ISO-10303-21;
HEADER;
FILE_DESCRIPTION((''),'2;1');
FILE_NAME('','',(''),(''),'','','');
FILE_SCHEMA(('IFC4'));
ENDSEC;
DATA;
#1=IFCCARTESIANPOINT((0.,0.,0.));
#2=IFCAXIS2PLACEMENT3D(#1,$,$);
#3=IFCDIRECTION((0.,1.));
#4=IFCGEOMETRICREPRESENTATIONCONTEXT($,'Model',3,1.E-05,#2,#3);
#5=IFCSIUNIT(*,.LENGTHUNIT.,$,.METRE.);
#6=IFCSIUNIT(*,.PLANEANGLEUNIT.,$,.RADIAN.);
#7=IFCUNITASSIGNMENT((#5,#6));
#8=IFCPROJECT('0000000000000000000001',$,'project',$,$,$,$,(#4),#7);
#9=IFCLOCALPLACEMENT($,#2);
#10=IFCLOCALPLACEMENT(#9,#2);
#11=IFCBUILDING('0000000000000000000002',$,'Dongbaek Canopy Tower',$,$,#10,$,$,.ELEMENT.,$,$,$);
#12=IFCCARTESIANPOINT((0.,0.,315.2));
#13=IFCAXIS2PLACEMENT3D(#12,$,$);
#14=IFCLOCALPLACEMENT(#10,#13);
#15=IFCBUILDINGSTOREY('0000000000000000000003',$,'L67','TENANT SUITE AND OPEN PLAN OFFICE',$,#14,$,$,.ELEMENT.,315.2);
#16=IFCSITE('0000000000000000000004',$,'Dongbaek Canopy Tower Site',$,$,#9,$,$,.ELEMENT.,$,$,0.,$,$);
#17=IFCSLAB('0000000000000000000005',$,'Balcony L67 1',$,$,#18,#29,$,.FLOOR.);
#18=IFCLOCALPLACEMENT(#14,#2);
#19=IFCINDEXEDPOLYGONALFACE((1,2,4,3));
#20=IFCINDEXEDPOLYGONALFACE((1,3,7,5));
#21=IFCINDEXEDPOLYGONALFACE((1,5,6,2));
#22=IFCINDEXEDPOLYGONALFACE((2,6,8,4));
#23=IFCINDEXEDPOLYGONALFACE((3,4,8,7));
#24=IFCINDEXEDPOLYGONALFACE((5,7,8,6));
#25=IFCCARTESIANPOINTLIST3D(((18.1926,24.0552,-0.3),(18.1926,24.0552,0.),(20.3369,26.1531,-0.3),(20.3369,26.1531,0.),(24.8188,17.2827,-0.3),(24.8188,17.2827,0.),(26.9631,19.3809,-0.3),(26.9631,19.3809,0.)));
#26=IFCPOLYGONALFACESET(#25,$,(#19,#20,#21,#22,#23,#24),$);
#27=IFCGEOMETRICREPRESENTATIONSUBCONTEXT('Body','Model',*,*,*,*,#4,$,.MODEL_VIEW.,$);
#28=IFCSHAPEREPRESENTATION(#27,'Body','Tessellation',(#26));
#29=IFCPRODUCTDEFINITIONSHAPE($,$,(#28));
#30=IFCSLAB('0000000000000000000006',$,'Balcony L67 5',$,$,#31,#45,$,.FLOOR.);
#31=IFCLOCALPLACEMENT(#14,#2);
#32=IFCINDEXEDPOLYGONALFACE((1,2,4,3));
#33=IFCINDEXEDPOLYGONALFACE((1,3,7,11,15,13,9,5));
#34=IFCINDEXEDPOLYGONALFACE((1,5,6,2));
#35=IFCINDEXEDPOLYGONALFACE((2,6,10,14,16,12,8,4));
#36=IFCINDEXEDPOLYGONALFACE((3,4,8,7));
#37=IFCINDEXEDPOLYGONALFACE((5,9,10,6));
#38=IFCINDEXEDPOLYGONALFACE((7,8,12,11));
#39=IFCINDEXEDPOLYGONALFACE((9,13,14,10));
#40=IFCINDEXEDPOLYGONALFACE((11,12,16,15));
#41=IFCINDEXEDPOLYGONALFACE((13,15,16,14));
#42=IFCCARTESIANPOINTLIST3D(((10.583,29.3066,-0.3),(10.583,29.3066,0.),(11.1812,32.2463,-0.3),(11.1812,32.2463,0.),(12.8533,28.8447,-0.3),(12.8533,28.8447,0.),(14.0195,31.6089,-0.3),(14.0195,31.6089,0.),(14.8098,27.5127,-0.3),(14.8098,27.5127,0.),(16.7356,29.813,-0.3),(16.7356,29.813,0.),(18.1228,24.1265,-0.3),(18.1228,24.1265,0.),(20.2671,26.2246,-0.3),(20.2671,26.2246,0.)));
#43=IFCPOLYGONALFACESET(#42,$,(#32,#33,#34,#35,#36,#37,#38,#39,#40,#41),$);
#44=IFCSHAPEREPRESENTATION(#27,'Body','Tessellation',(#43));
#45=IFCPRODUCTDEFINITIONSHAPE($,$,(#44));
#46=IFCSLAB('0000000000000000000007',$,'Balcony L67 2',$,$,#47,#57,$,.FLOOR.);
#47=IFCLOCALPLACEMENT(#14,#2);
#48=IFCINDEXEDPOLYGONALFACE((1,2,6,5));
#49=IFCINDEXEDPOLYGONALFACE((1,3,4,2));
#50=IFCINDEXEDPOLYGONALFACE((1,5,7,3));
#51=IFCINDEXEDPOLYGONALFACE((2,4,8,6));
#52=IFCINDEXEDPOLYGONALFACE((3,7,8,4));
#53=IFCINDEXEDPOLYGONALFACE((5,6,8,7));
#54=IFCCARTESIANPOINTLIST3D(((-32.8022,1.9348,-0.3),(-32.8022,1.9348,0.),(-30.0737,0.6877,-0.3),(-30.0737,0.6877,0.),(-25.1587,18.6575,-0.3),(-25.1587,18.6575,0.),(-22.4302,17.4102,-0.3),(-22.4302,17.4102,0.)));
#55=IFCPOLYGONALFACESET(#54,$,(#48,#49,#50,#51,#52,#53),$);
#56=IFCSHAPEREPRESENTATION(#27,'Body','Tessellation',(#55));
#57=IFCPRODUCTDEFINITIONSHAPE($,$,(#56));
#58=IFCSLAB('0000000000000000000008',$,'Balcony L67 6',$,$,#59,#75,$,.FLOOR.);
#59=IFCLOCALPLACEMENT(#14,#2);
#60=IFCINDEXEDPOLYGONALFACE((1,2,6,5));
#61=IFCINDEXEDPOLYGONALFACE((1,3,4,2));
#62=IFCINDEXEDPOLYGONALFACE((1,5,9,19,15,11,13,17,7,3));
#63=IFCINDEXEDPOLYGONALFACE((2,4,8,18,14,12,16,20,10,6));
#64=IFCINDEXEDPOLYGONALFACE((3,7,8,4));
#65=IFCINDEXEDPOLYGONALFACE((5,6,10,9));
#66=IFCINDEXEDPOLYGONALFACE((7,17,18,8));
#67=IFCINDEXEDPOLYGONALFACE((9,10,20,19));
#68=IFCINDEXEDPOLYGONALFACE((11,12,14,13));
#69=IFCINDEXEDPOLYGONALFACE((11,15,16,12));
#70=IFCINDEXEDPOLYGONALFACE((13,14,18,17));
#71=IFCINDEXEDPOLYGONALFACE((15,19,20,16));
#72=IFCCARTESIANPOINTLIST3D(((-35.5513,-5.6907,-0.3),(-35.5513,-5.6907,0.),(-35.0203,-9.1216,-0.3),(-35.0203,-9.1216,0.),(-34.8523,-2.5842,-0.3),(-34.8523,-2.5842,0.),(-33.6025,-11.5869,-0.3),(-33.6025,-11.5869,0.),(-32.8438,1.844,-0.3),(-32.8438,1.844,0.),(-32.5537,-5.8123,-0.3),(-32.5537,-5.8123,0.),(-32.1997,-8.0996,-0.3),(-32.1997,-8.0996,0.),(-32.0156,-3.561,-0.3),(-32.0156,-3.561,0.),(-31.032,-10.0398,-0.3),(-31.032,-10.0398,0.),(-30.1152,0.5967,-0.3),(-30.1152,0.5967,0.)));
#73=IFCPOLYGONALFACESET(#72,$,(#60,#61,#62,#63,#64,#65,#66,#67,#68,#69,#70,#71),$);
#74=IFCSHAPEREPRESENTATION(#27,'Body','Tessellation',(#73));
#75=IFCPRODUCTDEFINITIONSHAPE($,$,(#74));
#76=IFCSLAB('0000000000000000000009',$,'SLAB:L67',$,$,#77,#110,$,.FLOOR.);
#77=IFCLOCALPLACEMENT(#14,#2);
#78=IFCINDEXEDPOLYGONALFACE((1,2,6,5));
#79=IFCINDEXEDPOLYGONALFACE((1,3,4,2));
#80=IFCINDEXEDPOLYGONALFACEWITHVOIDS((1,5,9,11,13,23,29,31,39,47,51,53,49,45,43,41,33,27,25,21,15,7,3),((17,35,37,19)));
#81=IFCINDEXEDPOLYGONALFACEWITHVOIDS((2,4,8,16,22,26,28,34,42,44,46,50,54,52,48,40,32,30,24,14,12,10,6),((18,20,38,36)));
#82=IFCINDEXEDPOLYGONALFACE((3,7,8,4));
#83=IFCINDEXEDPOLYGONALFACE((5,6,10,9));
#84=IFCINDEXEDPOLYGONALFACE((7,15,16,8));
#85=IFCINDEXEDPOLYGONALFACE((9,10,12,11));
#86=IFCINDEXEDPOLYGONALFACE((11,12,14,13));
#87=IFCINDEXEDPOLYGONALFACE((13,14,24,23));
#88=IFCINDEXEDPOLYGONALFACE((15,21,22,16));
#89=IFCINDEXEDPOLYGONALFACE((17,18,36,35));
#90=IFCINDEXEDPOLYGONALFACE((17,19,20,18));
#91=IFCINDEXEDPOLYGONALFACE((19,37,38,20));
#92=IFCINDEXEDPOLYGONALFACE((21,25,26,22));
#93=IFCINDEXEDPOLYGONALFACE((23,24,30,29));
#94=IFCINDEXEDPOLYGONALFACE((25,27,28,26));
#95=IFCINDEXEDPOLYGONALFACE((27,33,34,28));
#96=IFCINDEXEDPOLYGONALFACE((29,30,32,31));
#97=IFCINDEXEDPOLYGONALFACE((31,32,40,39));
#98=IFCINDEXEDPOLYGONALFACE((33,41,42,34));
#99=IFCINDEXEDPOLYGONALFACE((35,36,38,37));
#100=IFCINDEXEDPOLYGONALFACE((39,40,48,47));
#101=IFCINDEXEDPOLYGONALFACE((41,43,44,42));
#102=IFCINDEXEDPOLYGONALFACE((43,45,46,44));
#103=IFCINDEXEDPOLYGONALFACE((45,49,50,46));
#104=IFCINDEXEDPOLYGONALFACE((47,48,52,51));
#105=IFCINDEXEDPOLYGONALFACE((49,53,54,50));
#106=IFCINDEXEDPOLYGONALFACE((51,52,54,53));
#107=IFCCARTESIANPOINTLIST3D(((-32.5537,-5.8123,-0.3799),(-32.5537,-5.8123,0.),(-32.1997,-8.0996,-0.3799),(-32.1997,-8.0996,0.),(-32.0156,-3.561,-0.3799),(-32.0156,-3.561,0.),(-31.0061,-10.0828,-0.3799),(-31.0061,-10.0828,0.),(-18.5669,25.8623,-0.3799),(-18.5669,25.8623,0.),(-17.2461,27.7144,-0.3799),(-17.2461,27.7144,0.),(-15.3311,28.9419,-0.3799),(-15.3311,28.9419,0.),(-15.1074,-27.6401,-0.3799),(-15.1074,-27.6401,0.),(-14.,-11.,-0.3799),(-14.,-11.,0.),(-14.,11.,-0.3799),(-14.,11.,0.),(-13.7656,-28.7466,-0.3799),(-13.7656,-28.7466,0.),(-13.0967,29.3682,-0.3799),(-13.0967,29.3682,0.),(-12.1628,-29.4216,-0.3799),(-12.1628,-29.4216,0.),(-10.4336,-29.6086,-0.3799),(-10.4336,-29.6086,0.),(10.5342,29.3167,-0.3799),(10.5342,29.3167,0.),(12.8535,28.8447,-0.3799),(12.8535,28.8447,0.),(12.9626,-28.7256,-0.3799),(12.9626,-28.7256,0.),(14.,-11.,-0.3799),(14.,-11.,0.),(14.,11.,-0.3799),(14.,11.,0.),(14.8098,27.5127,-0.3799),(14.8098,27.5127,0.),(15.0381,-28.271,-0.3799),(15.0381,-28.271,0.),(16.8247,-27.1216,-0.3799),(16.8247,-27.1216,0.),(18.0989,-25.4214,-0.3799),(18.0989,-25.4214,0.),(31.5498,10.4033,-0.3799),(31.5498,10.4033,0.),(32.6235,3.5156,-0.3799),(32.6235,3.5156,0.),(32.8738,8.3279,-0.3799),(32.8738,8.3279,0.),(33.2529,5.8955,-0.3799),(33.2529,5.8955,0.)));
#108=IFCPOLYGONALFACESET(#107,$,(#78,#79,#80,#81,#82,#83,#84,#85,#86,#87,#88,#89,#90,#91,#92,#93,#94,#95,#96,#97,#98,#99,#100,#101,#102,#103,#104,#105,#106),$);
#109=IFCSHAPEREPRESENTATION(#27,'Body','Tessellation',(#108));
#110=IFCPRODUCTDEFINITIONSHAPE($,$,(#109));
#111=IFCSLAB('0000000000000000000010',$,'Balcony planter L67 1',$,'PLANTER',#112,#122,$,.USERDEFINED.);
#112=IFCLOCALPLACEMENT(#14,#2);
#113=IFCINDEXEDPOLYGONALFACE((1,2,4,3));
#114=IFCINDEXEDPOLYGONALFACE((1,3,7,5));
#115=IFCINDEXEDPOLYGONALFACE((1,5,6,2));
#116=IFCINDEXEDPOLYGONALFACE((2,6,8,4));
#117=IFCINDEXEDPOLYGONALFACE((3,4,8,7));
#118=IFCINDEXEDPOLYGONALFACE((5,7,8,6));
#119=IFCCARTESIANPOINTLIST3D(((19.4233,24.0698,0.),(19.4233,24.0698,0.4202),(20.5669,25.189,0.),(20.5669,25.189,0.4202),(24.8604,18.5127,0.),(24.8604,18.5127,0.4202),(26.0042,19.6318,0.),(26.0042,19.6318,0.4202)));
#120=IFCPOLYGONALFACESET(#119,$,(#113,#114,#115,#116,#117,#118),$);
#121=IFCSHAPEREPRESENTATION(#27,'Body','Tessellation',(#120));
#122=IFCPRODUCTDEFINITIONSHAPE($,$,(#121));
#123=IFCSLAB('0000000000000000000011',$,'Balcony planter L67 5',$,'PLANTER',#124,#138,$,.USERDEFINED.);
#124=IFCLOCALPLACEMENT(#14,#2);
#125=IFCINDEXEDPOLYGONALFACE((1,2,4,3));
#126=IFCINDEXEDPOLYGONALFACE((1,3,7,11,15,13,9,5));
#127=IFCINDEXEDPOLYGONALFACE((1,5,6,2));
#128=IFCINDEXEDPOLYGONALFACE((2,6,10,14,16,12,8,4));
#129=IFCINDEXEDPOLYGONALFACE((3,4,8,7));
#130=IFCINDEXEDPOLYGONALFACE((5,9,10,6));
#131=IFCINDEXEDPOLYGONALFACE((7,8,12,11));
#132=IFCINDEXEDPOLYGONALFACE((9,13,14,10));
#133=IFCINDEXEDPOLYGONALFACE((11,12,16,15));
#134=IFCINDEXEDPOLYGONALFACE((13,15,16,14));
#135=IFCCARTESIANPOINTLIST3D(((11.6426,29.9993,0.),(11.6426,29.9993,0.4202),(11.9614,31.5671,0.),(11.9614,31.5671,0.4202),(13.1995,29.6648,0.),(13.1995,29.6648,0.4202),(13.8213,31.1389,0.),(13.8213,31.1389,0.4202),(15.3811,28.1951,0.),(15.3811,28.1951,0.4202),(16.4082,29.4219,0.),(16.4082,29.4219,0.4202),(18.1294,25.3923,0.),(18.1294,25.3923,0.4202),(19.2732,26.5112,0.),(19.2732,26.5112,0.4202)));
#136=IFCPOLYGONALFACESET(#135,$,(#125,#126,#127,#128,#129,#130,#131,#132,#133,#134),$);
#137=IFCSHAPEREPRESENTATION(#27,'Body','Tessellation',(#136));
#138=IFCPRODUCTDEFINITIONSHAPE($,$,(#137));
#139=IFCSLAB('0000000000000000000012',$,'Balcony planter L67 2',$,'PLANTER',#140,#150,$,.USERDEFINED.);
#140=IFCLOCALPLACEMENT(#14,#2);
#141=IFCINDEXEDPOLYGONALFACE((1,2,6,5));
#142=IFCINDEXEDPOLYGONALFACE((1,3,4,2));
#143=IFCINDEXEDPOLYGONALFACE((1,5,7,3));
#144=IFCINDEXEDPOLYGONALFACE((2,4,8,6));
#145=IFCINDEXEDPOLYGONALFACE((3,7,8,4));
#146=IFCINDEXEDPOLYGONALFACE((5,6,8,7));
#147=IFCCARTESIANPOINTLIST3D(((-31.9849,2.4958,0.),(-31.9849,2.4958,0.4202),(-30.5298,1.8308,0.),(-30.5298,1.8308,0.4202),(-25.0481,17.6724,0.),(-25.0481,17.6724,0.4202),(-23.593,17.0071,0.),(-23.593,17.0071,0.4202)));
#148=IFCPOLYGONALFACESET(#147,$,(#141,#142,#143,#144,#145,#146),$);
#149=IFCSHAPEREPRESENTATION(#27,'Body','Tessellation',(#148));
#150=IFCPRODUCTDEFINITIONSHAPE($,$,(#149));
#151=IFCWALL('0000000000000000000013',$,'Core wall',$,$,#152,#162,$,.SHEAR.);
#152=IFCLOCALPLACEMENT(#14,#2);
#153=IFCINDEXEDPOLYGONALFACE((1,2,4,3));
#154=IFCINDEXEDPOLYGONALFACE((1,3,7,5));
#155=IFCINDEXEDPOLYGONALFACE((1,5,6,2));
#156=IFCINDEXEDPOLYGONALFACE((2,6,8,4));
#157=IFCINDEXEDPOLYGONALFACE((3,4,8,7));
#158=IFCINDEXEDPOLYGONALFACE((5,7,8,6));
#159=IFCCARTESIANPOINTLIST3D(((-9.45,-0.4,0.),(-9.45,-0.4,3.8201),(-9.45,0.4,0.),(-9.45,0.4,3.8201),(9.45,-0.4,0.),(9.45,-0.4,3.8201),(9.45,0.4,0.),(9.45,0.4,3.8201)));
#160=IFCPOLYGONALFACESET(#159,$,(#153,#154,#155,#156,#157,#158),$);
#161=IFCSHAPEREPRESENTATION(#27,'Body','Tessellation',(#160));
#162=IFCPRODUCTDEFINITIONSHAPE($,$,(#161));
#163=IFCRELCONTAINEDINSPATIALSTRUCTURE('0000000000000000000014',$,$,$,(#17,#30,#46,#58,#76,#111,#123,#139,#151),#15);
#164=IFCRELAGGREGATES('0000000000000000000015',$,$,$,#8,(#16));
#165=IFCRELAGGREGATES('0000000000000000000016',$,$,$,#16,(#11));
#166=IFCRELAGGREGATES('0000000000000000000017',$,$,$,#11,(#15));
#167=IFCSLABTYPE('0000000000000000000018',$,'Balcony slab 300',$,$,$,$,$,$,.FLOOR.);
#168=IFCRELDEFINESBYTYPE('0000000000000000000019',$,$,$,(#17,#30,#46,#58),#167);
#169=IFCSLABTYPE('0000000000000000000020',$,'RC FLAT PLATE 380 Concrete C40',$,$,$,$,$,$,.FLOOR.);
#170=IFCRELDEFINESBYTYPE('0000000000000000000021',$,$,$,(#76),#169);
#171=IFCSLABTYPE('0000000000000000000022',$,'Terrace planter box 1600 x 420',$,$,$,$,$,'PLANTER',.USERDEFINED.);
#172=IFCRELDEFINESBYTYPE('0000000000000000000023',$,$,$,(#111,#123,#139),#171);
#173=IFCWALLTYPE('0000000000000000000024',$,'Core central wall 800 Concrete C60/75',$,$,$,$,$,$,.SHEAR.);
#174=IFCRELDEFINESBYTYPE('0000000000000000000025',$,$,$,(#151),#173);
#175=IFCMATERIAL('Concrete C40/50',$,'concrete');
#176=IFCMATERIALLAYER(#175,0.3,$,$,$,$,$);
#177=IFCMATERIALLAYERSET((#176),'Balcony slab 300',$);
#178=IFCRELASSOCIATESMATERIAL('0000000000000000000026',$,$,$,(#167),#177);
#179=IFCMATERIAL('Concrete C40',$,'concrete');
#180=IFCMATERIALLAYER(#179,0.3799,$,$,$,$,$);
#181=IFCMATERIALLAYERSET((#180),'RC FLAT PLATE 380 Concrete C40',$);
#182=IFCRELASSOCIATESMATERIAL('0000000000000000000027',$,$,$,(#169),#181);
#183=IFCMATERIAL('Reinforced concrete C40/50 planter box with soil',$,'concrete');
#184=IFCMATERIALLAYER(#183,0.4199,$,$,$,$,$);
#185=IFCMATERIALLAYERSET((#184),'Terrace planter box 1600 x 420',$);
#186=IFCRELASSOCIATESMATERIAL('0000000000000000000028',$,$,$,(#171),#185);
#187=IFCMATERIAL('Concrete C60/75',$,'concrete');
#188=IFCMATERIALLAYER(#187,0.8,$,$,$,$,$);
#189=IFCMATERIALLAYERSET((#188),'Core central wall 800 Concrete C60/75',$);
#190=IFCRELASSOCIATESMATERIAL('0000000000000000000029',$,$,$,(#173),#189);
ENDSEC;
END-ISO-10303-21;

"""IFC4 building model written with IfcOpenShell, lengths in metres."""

from ifc_helpers import new_model, si_unit, direction, frame, frame_2d, origin, place, context, subcontext, project, spatial, polyline, rectangle, outline, extrude, material, layer, layer_set, type_object, element, save


model = new_model("IFC4")

# Units and contexts
model_context = context("Model", 3, precision=1e-05, world=origin(), true_north=direction((0.0, 1.0)))
body_context = subcontext(model_context, "Body", "Model", "MODEL_VIEW")
ifc_project = project(units=[si_unit("LENGTHUNIT", "METRE"), si_unit("PLANEANGLEUNIT", "RADIAN")], contexts=[model_context])

# Site, building, storey
site_placement = place(None, origin())
site = spatial("IfcSite", under=ifc_project, at=site_placement, Name="Dongbaek Canopy Tower Site", CompositionType="ELEMENT", RefElevation=0.0)
building_placement = place(site_placement, origin())
building = spatial("IfcBuilding", under=site, at=building_placement, Name="Dongbaek Canopy Tower", CompositionType="ELEMENT")
storey_placement = place(building_placement, frame((0.0, 0.0, 315.2)))
storey = spatial("IfcBuildingStorey", under=building, at=storey_placement, Name="L67", Description="TENANT SUITE AND OPEN PLAN OFFICE", CompositionType="ELEMENT", Elevation=315.2)

# Slabs
ifc_material_1 = material(Name="Concrete C40/50", Category="concrete")
ifc_layer_1 = layer(ifc_material_1, 0.3)
ifc_layer_set_1 = layer_set([ifc_layer_1], Name="Balcony slab 300")
slab_type_1 = type_object("IfcSlabType", Name="Balcony slab 300", PredefinedType="FLOOR", material=ifc_layer_set_1)
slab_1_placement = place(storey_placement, frame((0.0, 0.0, -0.3)))
element("IfcSlab", 1, at=slab_1_placement, inside=storey, type_object=slab_type_1, Name="Balcony L67 1", PredefinedType="FLOOR", context=body_context, shape_type="SweptSolid", body=[
    extrude(outline(polyline([(24.8188, 17.2827), (18.1926, 24.0552), (20.3369, 26.1531), (26.9631, 19.3809), (24.8188, 17.2827)])), origin(), (0.0, 0.0, 1.0), 0.3),
])
slab_2_placement = place(storey_placement, frame((0.0, 0.0, -0.3)))
element("IfcSlab", 2, at=slab_2_placement, inside=storey, type_object=slab_type_1, Name="Balcony L67 5", PredefinedType="FLOOR", context=body_context, shape_type="SweptSolid", body=[
    extrude(outline(polyline([(18.1228, 24.1265), (14.8098, 27.5127), (12.8533, 28.8447), (10.583, 29.3066), (11.1812, 32.2463), (14.0195, 31.6089), (16.7356, 29.813), (20.2671, 26.2246), (18.1228, 24.1265)])), origin(), (0.0, 0.0, 1.0), 0.3),
])
slab_3_placement = place(storey_placement, frame((0.0, 0.0, -0.3)))
element("IfcSlab", 3, at=slab_3_placement, inside=storey, type_object=slab_type_1, Name="Balcony L67 2", PredefinedType="FLOOR", context=body_context, shape_type="SweptSolid", body=[
    extrude(outline(polyline([(-22.4302, 17.4102), (-30.0737, 0.6877), (-32.8022, 1.9348), (-25.1587, 18.6575), (-22.4302, 17.4102)])), origin(), (0.0, 0.0, 1.0), 0.3),
])
slab_4_placement = place(storey_placement, frame((0.0, 0.0, -0.3)))
element("IfcSlab", 4, at=slab_4_placement, inside=storey, type_object=slab_type_1, Name="Balcony L67 6", PredefinedType="FLOOR", context=body_context, shape_type="SweptSolid", body=[
    extrude(outline(polyline([(-30.1152, 0.5967), (-32.0156, -3.561), (-32.5537, -5.8123), (-32.1997, -8.0996), (-31.032, -10.0398), (-33.6025, -11.5869), (-35.0203, -9.1216), (-35.5513, -5.6907), (-34.8523, -2.5842), (-32.8438, 1.844), (-30.1152, 0.5967)])), origin(), (0.0, 0.0, 1.0), 0.3),
])
ifc_material_2 = material(Name="Concrete C40", Category="concrete")
ifc_layer_2 = layer(ifc_material_2, 0.3799)
ifc_layer_set_2 = layer_set([ifc_layer_2], Name="RC FLAT PLATE 380 Concrete C40")
slab_type_2 = type_object("IfcSlabType", Name="RC FLAT PLATE 380 Concrete C40", PredefinedType="FLOOR", material=ifc_layer_set_2)
slab_5_placement = place(storey_placement, frame((0.0, 0.0, -0.3799)))
element("IfcSlab", 5, at=slab_5_placement, inside=storey, type_object=slab_type_2, Name="SLAB:L67", PredefinedType="FLOOR", context=body_context, shape_type="SweptSolid", body=[
    extrude(outline(polyline([(18.0989, -25.4214), (16.8247, -27.1216), (15.0381, -28.271), (12.9626, -28.7256), (-10.4336, -29.6086), (-12.1628, -29.4216), (-13.7656, -28.7466), (-15.1074, -27.6401), (-31.0061, -10.0828), (-32.1997, -8.0996), (-32.5537, -5.8123), (-32.0156, -3.561), (-18.5669, 25.8623), (-17.2461, 27.7144), (-15.3311, 28.9419), (-13.0967, 29.3682), (10.5342, 29.3167), (12.8535, 28.8447), (14.8098, 27.5127), (31.5498, 10.4033), (32.8738, 8.3279), (33.2529, 5.8955), (32.6235, 3.5156), (18.0989, -25.4214)]), holes=[polyline([(14.0, 11.0), (-14.0, 11.0), (-14.0, -11.0), (14.0, -11.0), (14.0, 11.0)])]), origin(), (0.0, 0.0, 1.0), 0.3799),
])
ifc_material_3 = material(Name="Reinforced concrete C40/50 planter box with soil", Category="concrete")
ifc_layer_3 = layer(ifc_material_3, 0.4199)
ifc_layer_set_3 = layer_set([ifc_layer_3], Name="Terrace planter box 1600 x 420")
slab_type_3 = type_object("IfcSlabType", Name="Terrace planter box 1600 x 420", ElementType="PLANTER", PredefinedType="USERDEFINED", material=ifc_layer_set_3)
slab_6_placement = place(storey_placement, origin())
element("IfcSlab", 6, at=slab_6_placement, inside=storey, type_object=slab_type_3, Name="Balcony planter L67 1", ObjectType="PLANTER", PredefinedType="USERDEFINED", context=body_context, shape_type="SweptSolid", body=[
    extrude(outline(polyline([(24.8604, 18.5127), (19.4233, 24.0698), (20.5669, 25.189), (26.0042, 19.6318), (24.8604, 18.5127)])), origin(), (0.0, 0.0, 1.0), 0.4202),
])
slab_7_placement = place(storey_placement, origin())
element("IfcSlab", 7, at=slab_7_placement, inside=storey, type_object=slab_type_3, Name="Balcony planter L67 5", ObjectType="PLANTER", PredefinedType="USERDEFINED", context=body_context, shape_type="SweptSolid", body=[
    extrude(outline(polyline([(18.1294, 25.3923), (15.3811, 28.1951), (13.1995, 29.6648), (11.6426, 29.9993), (11.9614, 31.5671), (13.8213, 31.1389), (16.4082, 29.4219), (19.2732, 26.5112), (18.1294, 25.3923)])), origin(), (0.0, 0.0, 1.0), 0.4202),
])
slab_8_placement = place(storey_placement, origin())
element("IfcSlab", 8, at=slab_8_placement, inside=storey, type_object=slab_type_3, Name="Balcony planter L67 2", ObjectType="PLANTER", PredefinedType="USERDEFINED", context=body_context, shape_type="SweptSolid", body=[
    extrude(outline(polyline([(-23.593, 17.0071), (-30.5298, 1.8308), (-31.9849, 2.4958), (-25.0481, 17.6724), (-23.593, 17.0071)])), origin(), (0.0, 0.0, 1.0), 0.4202),
])

# Wall
ifc_material_4 = material(Name="Concrete C60/75", Category="concrete")
ifc_layer_4 = layer(ifc_material_4, 0.8)
ifc_layer_set_4 = layer_set([ifc_layer_4], Name="Core central wall 800 Concrete C60/75")
wall_type_1 = type_object("IfcWallType", Name="Core central wall 800 Concrete C60/75", PredefinedType="SHEAR", material=ifc_layer_set_4)
wall_1_placement = place(storey_placement, frame((-9.45, 0.0, 0.0), z_axis=(0.0, 0.0, 1.0), x_axis=(1.0, 0.0, 0.0)))
element("IfcWall", 9, at=wall_1_placement, inside=storey, type_object=wall_type_1, Name="Core wall", PredefinedType="SHEAR", context=body_context, shape_type="SweptSolid", body=[
    extrude(rectangle(XDim=18.8999, YDim=0.8, at=frame_2d((9.45, 0.0))), origin(), (0.0, 0.0, 1.0), 3.8201),
])

save(model, "model.ifc")
